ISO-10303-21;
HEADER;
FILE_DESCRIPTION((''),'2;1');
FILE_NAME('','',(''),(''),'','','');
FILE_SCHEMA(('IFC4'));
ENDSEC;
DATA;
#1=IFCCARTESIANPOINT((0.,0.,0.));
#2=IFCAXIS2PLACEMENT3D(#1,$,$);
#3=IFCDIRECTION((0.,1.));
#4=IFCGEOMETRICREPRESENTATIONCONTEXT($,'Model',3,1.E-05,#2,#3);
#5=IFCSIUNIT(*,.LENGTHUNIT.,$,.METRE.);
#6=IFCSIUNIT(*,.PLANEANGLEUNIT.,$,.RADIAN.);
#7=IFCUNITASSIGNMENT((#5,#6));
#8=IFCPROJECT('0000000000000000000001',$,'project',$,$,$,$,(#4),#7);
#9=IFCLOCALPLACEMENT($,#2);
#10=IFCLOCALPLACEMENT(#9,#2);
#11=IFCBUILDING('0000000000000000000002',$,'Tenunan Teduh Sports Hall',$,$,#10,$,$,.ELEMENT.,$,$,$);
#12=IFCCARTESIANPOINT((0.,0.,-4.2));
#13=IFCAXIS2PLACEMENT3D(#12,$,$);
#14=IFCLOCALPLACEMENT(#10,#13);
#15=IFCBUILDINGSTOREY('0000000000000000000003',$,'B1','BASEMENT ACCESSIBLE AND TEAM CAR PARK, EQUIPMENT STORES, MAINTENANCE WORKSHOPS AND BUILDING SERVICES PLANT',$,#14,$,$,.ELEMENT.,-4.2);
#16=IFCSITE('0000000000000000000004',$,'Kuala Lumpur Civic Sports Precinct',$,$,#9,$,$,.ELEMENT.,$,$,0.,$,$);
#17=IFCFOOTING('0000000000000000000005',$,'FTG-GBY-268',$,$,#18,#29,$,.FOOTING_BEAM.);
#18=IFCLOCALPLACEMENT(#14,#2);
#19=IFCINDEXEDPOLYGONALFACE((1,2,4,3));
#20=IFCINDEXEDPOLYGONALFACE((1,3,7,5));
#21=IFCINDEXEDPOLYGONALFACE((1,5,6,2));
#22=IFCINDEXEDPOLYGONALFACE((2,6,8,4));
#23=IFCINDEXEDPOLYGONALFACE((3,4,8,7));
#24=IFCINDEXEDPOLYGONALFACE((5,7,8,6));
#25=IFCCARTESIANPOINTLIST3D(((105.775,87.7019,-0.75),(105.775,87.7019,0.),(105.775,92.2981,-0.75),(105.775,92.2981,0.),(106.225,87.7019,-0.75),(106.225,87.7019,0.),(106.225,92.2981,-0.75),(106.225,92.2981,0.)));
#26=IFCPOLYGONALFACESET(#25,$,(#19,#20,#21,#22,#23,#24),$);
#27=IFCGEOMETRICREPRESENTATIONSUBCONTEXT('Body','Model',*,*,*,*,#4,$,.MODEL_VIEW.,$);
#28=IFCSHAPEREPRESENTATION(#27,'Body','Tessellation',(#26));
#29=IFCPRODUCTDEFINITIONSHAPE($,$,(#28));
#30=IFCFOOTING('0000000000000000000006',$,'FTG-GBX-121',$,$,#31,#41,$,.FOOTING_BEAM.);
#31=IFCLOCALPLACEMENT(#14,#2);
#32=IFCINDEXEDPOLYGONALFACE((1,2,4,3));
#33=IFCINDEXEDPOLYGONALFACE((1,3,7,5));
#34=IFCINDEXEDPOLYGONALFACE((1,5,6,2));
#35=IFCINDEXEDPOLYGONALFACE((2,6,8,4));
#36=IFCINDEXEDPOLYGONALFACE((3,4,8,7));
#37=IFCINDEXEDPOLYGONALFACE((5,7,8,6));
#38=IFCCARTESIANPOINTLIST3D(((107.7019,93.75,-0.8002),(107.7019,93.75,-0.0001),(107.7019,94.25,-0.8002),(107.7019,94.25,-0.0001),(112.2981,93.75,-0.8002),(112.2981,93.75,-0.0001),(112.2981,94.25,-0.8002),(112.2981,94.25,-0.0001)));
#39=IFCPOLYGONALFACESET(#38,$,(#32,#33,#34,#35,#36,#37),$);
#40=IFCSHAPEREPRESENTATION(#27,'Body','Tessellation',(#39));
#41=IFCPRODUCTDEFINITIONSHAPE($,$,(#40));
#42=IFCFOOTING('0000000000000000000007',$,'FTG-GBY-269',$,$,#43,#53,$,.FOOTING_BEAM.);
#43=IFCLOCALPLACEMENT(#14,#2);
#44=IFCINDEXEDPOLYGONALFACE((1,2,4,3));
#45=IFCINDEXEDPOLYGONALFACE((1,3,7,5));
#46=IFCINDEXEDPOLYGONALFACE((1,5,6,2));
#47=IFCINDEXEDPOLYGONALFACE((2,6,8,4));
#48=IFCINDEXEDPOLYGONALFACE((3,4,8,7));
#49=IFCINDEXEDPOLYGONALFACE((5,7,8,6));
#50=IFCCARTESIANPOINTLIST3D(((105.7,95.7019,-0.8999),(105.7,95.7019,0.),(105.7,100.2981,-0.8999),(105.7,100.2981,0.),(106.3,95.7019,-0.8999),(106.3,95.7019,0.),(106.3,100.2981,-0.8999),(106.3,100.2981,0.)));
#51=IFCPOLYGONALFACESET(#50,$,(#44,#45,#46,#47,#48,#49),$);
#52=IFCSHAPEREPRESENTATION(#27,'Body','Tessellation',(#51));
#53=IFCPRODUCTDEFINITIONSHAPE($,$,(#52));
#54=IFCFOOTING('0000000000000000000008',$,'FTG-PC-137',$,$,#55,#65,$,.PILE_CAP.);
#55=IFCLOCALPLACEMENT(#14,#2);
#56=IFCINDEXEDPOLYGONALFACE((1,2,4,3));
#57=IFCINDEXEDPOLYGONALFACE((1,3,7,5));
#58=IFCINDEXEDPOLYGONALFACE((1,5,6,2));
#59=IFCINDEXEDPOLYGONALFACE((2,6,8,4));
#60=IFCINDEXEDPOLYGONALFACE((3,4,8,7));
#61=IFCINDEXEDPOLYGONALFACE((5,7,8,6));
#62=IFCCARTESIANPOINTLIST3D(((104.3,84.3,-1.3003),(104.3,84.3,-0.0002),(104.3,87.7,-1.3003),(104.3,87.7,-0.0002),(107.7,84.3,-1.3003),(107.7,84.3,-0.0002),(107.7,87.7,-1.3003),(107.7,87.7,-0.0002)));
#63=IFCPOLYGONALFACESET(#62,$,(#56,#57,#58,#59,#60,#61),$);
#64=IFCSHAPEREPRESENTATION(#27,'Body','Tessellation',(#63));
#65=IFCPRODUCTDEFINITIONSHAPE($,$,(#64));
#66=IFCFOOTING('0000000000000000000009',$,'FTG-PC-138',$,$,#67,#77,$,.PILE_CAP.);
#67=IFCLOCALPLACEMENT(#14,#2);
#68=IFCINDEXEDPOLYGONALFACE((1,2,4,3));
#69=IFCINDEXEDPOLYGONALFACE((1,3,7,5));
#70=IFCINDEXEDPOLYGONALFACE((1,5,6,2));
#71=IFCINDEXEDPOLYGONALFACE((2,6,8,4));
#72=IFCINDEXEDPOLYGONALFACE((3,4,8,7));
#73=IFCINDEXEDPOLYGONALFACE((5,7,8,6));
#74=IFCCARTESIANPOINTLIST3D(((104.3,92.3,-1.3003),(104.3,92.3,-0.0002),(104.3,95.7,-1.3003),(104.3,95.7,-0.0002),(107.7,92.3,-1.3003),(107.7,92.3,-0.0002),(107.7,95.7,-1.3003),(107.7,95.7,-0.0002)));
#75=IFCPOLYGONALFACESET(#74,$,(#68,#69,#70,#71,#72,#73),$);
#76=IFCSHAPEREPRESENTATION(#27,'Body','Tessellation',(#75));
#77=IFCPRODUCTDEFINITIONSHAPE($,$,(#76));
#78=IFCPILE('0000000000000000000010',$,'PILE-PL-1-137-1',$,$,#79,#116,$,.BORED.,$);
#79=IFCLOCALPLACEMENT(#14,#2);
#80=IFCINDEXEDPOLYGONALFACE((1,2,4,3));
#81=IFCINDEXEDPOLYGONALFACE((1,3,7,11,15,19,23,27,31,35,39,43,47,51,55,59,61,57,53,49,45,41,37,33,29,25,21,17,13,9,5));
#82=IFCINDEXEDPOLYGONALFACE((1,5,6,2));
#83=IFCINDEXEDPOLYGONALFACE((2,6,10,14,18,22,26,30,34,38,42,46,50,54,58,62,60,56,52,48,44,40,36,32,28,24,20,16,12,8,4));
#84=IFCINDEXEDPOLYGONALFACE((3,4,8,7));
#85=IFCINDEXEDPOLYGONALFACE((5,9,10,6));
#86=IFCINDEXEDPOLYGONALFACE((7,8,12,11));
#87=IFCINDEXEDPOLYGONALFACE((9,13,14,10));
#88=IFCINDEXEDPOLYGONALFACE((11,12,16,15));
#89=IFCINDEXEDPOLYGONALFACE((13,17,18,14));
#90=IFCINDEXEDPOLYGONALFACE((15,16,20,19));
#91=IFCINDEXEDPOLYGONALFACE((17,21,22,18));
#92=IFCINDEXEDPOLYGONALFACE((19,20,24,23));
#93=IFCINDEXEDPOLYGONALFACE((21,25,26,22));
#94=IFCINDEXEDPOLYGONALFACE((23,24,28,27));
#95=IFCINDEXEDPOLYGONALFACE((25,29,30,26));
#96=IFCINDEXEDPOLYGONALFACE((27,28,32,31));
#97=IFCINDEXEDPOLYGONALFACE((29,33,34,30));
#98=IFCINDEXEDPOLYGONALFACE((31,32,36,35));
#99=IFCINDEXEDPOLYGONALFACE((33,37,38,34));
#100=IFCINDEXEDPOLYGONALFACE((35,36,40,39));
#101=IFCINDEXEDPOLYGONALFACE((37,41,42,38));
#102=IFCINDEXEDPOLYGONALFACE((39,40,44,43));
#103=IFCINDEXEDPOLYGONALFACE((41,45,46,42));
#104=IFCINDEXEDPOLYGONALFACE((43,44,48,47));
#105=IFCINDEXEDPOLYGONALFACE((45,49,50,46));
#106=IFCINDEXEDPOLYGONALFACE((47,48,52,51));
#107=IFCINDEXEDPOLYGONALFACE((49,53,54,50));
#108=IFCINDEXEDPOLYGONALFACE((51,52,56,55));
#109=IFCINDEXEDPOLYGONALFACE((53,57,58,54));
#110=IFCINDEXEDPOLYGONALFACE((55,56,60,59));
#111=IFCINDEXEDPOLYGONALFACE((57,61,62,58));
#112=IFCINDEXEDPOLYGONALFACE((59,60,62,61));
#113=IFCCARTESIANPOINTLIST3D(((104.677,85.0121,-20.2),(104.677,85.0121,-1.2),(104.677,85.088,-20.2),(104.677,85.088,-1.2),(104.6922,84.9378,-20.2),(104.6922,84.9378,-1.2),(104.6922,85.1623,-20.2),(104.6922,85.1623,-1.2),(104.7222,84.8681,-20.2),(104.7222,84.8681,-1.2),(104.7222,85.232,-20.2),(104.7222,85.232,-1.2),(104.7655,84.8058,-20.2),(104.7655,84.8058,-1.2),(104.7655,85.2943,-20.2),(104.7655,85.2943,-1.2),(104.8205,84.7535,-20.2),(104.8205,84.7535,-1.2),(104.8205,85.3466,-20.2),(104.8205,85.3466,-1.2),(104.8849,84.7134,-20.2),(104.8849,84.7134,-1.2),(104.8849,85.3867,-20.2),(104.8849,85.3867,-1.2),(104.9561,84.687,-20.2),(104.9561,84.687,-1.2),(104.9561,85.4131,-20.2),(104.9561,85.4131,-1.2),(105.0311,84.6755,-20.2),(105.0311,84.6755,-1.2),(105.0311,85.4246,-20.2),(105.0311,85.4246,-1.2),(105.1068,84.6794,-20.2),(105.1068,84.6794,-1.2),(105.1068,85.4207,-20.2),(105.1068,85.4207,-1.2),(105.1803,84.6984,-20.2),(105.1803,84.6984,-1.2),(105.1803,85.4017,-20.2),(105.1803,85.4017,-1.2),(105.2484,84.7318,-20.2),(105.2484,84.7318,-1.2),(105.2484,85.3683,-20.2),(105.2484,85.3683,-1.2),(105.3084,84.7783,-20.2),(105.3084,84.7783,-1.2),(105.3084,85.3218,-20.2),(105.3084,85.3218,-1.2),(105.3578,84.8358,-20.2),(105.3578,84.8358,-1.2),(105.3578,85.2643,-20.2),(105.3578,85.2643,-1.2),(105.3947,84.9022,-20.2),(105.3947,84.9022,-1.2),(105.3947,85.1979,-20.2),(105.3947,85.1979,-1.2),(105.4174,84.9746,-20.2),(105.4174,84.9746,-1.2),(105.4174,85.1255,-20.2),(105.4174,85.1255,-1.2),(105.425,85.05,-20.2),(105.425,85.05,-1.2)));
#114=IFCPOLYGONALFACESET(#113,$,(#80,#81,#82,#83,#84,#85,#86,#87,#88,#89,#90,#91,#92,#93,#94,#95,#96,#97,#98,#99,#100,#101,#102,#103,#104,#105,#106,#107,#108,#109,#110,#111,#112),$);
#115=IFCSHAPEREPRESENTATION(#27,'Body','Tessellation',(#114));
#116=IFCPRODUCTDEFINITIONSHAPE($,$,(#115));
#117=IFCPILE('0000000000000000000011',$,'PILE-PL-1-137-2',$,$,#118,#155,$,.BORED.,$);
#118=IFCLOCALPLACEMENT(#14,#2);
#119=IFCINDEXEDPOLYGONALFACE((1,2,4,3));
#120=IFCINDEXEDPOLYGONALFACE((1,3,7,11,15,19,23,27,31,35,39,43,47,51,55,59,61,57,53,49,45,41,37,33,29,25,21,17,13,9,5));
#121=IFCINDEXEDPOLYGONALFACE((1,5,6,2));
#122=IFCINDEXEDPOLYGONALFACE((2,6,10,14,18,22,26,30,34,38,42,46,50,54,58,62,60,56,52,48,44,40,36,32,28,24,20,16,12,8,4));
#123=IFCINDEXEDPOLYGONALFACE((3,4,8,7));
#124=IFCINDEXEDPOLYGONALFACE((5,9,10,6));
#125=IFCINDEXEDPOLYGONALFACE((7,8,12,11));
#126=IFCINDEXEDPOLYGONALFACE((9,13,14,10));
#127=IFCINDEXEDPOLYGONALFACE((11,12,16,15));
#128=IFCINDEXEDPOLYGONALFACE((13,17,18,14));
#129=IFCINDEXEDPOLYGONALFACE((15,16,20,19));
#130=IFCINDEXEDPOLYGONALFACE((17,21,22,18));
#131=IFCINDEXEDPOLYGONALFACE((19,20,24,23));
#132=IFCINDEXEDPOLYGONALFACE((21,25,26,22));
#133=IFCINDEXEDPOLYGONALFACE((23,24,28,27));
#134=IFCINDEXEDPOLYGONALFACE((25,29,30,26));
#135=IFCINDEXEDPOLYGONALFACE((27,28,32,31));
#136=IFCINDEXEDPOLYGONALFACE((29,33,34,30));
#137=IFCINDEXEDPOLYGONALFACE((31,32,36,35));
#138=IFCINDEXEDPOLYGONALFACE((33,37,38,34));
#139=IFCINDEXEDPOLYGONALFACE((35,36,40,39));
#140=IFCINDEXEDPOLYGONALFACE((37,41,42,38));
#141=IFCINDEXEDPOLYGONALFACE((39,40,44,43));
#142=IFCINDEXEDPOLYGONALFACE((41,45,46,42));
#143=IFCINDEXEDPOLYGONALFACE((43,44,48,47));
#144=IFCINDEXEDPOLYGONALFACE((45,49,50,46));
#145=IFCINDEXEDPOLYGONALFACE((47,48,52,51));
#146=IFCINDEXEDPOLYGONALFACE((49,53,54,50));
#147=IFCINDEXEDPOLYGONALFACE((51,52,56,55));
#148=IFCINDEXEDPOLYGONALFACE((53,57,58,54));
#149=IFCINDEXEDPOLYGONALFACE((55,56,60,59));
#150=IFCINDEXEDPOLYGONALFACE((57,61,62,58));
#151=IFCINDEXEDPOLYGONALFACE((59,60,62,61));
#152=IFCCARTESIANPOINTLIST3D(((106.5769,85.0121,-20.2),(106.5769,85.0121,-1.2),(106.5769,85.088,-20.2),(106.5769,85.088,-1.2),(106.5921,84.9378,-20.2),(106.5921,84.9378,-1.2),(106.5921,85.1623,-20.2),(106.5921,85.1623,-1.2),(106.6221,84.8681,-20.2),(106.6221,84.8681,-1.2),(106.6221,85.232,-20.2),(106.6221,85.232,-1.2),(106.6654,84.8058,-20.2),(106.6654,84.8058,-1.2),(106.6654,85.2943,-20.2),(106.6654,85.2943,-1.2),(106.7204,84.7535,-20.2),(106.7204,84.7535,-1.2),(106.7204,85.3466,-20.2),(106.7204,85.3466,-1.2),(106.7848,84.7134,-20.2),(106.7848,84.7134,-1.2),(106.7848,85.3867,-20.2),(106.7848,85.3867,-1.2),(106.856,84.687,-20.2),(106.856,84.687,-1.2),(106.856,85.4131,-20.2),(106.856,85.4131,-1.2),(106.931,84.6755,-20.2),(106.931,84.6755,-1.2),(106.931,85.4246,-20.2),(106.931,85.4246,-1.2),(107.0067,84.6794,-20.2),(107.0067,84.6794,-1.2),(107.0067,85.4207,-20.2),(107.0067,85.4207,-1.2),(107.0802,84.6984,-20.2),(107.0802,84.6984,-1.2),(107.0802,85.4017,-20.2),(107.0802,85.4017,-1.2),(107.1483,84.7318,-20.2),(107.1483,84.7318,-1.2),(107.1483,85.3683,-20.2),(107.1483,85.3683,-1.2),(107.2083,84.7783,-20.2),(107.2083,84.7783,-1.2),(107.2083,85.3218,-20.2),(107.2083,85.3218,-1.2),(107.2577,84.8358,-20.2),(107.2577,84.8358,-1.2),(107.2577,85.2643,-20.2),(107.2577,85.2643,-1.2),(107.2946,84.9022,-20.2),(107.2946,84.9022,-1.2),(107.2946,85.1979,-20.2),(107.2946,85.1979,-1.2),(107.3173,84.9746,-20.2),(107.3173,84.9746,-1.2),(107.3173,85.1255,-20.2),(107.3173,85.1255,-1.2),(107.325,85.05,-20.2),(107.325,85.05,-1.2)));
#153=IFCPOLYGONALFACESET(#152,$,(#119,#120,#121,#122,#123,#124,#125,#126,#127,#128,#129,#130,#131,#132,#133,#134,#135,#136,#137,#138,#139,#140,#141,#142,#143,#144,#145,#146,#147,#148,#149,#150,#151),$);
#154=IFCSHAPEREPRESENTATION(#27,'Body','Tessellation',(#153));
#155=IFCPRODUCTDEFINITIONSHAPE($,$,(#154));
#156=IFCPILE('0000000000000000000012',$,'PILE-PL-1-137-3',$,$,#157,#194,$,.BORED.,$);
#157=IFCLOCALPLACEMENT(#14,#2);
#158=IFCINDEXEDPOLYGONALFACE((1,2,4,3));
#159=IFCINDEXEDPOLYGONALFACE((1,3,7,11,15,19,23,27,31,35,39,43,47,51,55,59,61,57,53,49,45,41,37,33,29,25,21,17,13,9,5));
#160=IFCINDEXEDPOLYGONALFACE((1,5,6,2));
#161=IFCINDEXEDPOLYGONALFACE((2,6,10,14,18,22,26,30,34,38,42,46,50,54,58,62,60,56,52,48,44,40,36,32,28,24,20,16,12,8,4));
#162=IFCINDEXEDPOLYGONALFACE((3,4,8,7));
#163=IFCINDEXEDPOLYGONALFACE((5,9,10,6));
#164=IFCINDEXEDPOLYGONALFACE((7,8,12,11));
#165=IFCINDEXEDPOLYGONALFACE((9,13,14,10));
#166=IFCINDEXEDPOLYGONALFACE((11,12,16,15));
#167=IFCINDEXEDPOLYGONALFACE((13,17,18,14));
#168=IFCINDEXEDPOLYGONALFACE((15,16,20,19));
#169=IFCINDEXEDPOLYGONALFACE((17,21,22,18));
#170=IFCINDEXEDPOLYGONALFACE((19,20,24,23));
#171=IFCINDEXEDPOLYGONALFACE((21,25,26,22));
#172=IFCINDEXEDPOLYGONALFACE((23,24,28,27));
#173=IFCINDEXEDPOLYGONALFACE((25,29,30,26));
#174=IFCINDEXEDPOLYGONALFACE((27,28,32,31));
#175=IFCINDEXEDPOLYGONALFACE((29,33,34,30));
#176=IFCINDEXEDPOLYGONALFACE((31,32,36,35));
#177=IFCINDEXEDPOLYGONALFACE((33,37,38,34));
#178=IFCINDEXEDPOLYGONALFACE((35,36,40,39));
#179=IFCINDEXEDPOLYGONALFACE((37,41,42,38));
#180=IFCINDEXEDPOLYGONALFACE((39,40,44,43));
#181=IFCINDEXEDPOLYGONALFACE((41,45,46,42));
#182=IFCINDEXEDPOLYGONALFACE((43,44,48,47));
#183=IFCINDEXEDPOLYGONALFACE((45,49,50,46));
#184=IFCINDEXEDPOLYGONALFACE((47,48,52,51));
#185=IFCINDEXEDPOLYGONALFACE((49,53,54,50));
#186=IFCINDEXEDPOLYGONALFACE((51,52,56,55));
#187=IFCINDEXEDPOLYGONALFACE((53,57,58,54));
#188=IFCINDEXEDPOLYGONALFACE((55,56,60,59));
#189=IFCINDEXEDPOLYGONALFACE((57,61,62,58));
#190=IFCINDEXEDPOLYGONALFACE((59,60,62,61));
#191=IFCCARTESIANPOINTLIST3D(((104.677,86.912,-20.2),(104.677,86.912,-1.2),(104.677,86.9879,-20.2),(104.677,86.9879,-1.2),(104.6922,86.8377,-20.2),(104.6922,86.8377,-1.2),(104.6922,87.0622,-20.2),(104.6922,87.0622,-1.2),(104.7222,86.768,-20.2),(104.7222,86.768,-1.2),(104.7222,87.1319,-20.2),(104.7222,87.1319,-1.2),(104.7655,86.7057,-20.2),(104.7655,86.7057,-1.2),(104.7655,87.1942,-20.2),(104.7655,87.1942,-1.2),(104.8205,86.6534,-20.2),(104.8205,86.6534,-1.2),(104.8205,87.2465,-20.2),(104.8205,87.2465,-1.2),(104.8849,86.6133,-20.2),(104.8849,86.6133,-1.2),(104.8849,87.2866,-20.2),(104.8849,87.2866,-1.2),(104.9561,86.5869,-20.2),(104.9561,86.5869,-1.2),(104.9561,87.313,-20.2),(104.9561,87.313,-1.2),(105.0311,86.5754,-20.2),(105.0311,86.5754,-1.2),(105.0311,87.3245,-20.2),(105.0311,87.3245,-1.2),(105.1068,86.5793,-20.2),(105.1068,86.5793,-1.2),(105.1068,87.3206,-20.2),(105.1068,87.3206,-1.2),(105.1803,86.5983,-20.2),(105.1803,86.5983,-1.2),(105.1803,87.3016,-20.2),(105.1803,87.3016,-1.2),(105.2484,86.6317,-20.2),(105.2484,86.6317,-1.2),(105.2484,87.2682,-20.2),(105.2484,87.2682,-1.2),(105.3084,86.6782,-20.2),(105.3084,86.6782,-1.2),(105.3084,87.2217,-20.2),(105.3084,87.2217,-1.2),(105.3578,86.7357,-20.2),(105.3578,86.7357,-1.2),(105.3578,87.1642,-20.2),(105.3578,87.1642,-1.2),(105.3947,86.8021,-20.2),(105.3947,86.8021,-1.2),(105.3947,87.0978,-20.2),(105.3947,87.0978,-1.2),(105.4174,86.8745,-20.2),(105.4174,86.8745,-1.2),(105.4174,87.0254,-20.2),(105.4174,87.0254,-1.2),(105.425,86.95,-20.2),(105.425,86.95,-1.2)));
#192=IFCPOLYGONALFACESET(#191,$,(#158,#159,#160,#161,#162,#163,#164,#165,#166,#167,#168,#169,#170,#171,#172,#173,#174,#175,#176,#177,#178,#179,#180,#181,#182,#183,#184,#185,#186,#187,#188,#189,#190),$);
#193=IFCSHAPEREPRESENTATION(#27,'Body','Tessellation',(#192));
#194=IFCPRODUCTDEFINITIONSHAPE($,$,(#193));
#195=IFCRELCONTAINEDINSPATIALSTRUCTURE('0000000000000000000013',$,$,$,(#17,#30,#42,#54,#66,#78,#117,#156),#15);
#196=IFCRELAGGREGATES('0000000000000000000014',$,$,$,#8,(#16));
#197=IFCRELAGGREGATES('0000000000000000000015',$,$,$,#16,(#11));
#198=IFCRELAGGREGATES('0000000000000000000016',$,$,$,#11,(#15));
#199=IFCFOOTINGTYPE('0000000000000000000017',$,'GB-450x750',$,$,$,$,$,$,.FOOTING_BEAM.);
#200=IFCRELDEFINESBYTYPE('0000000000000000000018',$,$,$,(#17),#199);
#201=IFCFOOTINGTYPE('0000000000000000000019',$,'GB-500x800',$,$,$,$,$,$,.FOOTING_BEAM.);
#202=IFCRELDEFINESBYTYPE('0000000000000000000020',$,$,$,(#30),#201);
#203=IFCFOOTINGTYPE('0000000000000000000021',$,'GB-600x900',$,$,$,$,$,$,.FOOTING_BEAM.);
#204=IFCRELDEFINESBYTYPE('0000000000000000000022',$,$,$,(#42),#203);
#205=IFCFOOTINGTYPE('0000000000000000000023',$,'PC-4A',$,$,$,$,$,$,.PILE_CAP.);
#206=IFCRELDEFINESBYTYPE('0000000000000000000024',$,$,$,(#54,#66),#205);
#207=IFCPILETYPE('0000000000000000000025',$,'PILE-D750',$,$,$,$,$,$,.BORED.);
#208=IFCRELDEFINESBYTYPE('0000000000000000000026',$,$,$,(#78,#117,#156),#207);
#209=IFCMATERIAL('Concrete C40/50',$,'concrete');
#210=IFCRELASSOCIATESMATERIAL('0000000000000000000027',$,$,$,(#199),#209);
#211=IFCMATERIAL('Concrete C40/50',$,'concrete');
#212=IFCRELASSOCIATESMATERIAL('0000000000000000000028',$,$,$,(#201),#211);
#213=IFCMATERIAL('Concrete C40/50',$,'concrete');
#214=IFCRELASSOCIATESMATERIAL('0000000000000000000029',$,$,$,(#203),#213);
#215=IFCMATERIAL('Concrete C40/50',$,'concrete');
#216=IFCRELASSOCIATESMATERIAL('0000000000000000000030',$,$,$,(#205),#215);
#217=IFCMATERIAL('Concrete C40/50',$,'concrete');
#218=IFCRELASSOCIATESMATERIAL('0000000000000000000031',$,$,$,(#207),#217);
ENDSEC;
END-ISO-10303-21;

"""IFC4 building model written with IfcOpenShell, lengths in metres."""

from ifc_helpers import new_model, si_unit, direction, frame, origin, origin_2d, place, context, subcontext, project, spatial, rectangle, circle, extrude, material, material_profile, profile_set, type_object, element, save


model = new_model("IFC4")

# Units and contexts
model_context = context("Model", 3, precision=1e-05, world=origin(), true_north=direction((0.0, 1.0)))
body_context = subcontext(model_context, "Body", "Model", "MODEL_VIEW")
ifc_project = project(units=[si_unit("LENGTHUNIT", "METRE"), si_unit("PLANEANGLEUNIT", "RADIAN")], contexts=[model_context])

# Site, building, storey
site_placement = place(None, origin())
site = spatial("IfcSite", under=ifc_project, at=site_placement, Name="Kuala Lumpur Civic Sports Precinct", CompositionType="ELEMENT", RefElevation=0.0)
building_placement = place(site_placement, origin())
building = spatial("IfcBuilding", under=site, at=building_placement, Name="Tenunan Teduh Sports Hall", CompositionType="ELEMENT")
storey_placement = place(building_placement, frame((0.0, 0.0, -4.2)))
storey = spatial("IfcBuildingStorey", under=building, at=storey_placement, Name="B1", Description="BASEMENT ACCESSIBLE AND TEAM CAR PARK, EQUIPMENT STORES, MAINTENANCE WORKSHOPS AND BUILDING SERVICES PLANT", CompositionType="ELEMENT", Elevation=-4.2)

# Footings
ifc_material_1 = material(Name="Concrete C40/50", Category="concrete")
ifc_material_profile_1 = material_profile(ifc_material_1, rectangle(XDim=0.45, YDim=0.75, at=origin_2d()), Name="RCB 450x750")
ifc_profile_set_1 = profile_set([ifc_material_profile_1], Name="Concrete C40/50")
footing_type_1 = type_object("IfcFootingType", Name="GB-450x750", PredefinedType="FOOTING_BEAM", material=ifc_profile_set_1)
footing_1_placement = place(storey_placement, frame((106.0, 87.7019, -0.375), z_axis=(0.0, 1.0, 0.0), x_axis=(-1.0, 0.0, 0.0)))
element("IfcFooting", 1, at=footing_1_placement, inside=storey, type_object=footing_type_1, Name="FTG-GBY-268", PredefinedType="FOOTING_BEAM", context=body_context, shape_type="SweptSolid", body=[
    extrude(rectangle(XDim=0.45, YDim=0.75, at=origin_2d()), origin(), (0.0, 0.0, 1.0), 4.5962),
])
ifc_material_2 = material(Name="Concrete C40/50", Category="concrete")
ifc_material_profile_2 = material_profile(ifc_material_2, rectangle(XDim=0.5, YDim=0.8, at=origin_2d()), Name="RCB 500x800")
ifc_profile_set_2 = profile_set([ifc_material_profile_2], Name="Concrete C40/50")
footing_type_2 = type_object("IfcFootingType", Name="GB-500x800", PredefinedType="FOOTING_BEAM", material=ifc_profile_set_2)
footing_2_placement = place(storey_placement, frame((107.7019, 94.0, -0.4001), z_axis=(1.0, 0.0, 0.0), x_axis=(0.0, 1.0, 0.0)))
element("IfcFooting", 2, at=footing_2_placement, inside=storey, type_object=footing_type_2, Name="FTG-GBX-121", PredefinedType="FOOTING_BEAM", context=body_context, shape_type="SweptSolid", body=[
    extrude(rectangle(XDim=0.5, YDim=0.8, at=origin_2d()), origin(), (0.0, 0.0, 1.0), 4.5962),
])
ifc_material_3 = material(Name="Concrete C40/50", Category="concrete")
ifc_material_profile_3 = material_profile(ifc_material_3, rectangle(XDim=0.6001, YDim=0.8999, at=origin_2d()), Name="RCB 600x900")
ifc_profile_set_3 = profile_set([ifc_material_profile_3], Name="Concrete C40/50")
footing_type_3 = type_object("IfcFootingType", Name="GB-600x900", PredefinedType="FOOTING_BEAM", material=ifc_profile_set_3)
footing_3_placement = place(storey_placement, frame((106.0, 95.7019, -0.45), z_axis=(0.0, 1.0, 0.0), x_axis=(-1.0, 0.0, 0.0)))
element("IfcFooting", 3, at=footing_3_placement, inside=storey, type_object=footing_type_3, Name="FTG-GBY-269", PredefinedType="FOOTING_BEAM", context=body_context, shape_type="SweptSolid", body=[
    extrude(rectangle(XDim=0.6001, YDim=0.8999, at=origin_2d()), origin(), (0.0, 0.0, 1.0), 4.5962),
])
ifc_material_4 = material(Name="Concrete C40/50", Category="concrete")
footing_type_4 = type_object("IfcFootingType", Name="PC-4A", PredefinedType="PILE_CAP", material=ifc_material_4)
for number, where, z_axis, x_axis, name in (
    (4, (106.0, 86.0, -1.3003), (0.0, 0.0, 1.0), (1.0, 0.0, 0.0), "FTG-PC-137"),
    (5, (106.0, 94.0, -1.3003), (0.0, 0.0, 1.0), (1.0, 0.0, 0.0), "FTG-PC-138"),
):
    element("IfcFooting", number, at=place(storey_placement, frame(where, z_axis=z_axis, x_axis=x_axis)), inside=storey, type_object=footing_type_4, Name=name, PredefinedType="PILE_CAP", context=body_context, shape_type="SweptSolid", body=[
        extrude(rectangle(XDim=3.3999, YDim=3.3999, at=origin_2d()), origin(), (0.0, 0.0, 1.0), 1.3),
    ])

# Piles
ifc_material_5 = material(Name="Concrete C40/50", Category="concrete")
ifc_material_profile_4 = material_profile(ifc_material_5, circle(Radius=0.375, at=origin_2d()), Name="PILE D750")
ifc_profile_set_4 = profile_set([ifc_material_profile_4], Name="Concrete C40/50")
pile_type = type_object("IfcPileType", Name="PILE-D750", PredefinedType="BORED", material=ifc_profile_set_4)
for number, where, z_axis, x_axis, name in (
    (6, (105.05, 85.05, -1.2), (0.0, 0.0, -1.0), (1.0, 0.0, 0.0), "PILE-PL-1-137-1"),
    (7, (106.95, 85.05, -1.2), (0.0, 0.0, -1.0), (1.0, 0.0, 0.0), "PILE-PL-1-137-2"),
    (8, (105.05, 86.95, -1.2), (0.0, 0.0, -1.0), (1.0, 0.0, 0.0), "PILE-PL-1-137-3"),
):
    element("IfcPile", number, at=place(storey_placement, frame(where, z_axis=z_axis, x_axis=x_axis)), inside=storey, type_object=pile_type, Name=name, PredefinedType="BORED", context=body_context, shape_type="SweptSolid", body=[
        extrude(circle(Radius=0.375, at=origin_2d()), origin(), (0.0, 0.0, 1.0), 19.0),
    ])

save(model, "model.ifc")
